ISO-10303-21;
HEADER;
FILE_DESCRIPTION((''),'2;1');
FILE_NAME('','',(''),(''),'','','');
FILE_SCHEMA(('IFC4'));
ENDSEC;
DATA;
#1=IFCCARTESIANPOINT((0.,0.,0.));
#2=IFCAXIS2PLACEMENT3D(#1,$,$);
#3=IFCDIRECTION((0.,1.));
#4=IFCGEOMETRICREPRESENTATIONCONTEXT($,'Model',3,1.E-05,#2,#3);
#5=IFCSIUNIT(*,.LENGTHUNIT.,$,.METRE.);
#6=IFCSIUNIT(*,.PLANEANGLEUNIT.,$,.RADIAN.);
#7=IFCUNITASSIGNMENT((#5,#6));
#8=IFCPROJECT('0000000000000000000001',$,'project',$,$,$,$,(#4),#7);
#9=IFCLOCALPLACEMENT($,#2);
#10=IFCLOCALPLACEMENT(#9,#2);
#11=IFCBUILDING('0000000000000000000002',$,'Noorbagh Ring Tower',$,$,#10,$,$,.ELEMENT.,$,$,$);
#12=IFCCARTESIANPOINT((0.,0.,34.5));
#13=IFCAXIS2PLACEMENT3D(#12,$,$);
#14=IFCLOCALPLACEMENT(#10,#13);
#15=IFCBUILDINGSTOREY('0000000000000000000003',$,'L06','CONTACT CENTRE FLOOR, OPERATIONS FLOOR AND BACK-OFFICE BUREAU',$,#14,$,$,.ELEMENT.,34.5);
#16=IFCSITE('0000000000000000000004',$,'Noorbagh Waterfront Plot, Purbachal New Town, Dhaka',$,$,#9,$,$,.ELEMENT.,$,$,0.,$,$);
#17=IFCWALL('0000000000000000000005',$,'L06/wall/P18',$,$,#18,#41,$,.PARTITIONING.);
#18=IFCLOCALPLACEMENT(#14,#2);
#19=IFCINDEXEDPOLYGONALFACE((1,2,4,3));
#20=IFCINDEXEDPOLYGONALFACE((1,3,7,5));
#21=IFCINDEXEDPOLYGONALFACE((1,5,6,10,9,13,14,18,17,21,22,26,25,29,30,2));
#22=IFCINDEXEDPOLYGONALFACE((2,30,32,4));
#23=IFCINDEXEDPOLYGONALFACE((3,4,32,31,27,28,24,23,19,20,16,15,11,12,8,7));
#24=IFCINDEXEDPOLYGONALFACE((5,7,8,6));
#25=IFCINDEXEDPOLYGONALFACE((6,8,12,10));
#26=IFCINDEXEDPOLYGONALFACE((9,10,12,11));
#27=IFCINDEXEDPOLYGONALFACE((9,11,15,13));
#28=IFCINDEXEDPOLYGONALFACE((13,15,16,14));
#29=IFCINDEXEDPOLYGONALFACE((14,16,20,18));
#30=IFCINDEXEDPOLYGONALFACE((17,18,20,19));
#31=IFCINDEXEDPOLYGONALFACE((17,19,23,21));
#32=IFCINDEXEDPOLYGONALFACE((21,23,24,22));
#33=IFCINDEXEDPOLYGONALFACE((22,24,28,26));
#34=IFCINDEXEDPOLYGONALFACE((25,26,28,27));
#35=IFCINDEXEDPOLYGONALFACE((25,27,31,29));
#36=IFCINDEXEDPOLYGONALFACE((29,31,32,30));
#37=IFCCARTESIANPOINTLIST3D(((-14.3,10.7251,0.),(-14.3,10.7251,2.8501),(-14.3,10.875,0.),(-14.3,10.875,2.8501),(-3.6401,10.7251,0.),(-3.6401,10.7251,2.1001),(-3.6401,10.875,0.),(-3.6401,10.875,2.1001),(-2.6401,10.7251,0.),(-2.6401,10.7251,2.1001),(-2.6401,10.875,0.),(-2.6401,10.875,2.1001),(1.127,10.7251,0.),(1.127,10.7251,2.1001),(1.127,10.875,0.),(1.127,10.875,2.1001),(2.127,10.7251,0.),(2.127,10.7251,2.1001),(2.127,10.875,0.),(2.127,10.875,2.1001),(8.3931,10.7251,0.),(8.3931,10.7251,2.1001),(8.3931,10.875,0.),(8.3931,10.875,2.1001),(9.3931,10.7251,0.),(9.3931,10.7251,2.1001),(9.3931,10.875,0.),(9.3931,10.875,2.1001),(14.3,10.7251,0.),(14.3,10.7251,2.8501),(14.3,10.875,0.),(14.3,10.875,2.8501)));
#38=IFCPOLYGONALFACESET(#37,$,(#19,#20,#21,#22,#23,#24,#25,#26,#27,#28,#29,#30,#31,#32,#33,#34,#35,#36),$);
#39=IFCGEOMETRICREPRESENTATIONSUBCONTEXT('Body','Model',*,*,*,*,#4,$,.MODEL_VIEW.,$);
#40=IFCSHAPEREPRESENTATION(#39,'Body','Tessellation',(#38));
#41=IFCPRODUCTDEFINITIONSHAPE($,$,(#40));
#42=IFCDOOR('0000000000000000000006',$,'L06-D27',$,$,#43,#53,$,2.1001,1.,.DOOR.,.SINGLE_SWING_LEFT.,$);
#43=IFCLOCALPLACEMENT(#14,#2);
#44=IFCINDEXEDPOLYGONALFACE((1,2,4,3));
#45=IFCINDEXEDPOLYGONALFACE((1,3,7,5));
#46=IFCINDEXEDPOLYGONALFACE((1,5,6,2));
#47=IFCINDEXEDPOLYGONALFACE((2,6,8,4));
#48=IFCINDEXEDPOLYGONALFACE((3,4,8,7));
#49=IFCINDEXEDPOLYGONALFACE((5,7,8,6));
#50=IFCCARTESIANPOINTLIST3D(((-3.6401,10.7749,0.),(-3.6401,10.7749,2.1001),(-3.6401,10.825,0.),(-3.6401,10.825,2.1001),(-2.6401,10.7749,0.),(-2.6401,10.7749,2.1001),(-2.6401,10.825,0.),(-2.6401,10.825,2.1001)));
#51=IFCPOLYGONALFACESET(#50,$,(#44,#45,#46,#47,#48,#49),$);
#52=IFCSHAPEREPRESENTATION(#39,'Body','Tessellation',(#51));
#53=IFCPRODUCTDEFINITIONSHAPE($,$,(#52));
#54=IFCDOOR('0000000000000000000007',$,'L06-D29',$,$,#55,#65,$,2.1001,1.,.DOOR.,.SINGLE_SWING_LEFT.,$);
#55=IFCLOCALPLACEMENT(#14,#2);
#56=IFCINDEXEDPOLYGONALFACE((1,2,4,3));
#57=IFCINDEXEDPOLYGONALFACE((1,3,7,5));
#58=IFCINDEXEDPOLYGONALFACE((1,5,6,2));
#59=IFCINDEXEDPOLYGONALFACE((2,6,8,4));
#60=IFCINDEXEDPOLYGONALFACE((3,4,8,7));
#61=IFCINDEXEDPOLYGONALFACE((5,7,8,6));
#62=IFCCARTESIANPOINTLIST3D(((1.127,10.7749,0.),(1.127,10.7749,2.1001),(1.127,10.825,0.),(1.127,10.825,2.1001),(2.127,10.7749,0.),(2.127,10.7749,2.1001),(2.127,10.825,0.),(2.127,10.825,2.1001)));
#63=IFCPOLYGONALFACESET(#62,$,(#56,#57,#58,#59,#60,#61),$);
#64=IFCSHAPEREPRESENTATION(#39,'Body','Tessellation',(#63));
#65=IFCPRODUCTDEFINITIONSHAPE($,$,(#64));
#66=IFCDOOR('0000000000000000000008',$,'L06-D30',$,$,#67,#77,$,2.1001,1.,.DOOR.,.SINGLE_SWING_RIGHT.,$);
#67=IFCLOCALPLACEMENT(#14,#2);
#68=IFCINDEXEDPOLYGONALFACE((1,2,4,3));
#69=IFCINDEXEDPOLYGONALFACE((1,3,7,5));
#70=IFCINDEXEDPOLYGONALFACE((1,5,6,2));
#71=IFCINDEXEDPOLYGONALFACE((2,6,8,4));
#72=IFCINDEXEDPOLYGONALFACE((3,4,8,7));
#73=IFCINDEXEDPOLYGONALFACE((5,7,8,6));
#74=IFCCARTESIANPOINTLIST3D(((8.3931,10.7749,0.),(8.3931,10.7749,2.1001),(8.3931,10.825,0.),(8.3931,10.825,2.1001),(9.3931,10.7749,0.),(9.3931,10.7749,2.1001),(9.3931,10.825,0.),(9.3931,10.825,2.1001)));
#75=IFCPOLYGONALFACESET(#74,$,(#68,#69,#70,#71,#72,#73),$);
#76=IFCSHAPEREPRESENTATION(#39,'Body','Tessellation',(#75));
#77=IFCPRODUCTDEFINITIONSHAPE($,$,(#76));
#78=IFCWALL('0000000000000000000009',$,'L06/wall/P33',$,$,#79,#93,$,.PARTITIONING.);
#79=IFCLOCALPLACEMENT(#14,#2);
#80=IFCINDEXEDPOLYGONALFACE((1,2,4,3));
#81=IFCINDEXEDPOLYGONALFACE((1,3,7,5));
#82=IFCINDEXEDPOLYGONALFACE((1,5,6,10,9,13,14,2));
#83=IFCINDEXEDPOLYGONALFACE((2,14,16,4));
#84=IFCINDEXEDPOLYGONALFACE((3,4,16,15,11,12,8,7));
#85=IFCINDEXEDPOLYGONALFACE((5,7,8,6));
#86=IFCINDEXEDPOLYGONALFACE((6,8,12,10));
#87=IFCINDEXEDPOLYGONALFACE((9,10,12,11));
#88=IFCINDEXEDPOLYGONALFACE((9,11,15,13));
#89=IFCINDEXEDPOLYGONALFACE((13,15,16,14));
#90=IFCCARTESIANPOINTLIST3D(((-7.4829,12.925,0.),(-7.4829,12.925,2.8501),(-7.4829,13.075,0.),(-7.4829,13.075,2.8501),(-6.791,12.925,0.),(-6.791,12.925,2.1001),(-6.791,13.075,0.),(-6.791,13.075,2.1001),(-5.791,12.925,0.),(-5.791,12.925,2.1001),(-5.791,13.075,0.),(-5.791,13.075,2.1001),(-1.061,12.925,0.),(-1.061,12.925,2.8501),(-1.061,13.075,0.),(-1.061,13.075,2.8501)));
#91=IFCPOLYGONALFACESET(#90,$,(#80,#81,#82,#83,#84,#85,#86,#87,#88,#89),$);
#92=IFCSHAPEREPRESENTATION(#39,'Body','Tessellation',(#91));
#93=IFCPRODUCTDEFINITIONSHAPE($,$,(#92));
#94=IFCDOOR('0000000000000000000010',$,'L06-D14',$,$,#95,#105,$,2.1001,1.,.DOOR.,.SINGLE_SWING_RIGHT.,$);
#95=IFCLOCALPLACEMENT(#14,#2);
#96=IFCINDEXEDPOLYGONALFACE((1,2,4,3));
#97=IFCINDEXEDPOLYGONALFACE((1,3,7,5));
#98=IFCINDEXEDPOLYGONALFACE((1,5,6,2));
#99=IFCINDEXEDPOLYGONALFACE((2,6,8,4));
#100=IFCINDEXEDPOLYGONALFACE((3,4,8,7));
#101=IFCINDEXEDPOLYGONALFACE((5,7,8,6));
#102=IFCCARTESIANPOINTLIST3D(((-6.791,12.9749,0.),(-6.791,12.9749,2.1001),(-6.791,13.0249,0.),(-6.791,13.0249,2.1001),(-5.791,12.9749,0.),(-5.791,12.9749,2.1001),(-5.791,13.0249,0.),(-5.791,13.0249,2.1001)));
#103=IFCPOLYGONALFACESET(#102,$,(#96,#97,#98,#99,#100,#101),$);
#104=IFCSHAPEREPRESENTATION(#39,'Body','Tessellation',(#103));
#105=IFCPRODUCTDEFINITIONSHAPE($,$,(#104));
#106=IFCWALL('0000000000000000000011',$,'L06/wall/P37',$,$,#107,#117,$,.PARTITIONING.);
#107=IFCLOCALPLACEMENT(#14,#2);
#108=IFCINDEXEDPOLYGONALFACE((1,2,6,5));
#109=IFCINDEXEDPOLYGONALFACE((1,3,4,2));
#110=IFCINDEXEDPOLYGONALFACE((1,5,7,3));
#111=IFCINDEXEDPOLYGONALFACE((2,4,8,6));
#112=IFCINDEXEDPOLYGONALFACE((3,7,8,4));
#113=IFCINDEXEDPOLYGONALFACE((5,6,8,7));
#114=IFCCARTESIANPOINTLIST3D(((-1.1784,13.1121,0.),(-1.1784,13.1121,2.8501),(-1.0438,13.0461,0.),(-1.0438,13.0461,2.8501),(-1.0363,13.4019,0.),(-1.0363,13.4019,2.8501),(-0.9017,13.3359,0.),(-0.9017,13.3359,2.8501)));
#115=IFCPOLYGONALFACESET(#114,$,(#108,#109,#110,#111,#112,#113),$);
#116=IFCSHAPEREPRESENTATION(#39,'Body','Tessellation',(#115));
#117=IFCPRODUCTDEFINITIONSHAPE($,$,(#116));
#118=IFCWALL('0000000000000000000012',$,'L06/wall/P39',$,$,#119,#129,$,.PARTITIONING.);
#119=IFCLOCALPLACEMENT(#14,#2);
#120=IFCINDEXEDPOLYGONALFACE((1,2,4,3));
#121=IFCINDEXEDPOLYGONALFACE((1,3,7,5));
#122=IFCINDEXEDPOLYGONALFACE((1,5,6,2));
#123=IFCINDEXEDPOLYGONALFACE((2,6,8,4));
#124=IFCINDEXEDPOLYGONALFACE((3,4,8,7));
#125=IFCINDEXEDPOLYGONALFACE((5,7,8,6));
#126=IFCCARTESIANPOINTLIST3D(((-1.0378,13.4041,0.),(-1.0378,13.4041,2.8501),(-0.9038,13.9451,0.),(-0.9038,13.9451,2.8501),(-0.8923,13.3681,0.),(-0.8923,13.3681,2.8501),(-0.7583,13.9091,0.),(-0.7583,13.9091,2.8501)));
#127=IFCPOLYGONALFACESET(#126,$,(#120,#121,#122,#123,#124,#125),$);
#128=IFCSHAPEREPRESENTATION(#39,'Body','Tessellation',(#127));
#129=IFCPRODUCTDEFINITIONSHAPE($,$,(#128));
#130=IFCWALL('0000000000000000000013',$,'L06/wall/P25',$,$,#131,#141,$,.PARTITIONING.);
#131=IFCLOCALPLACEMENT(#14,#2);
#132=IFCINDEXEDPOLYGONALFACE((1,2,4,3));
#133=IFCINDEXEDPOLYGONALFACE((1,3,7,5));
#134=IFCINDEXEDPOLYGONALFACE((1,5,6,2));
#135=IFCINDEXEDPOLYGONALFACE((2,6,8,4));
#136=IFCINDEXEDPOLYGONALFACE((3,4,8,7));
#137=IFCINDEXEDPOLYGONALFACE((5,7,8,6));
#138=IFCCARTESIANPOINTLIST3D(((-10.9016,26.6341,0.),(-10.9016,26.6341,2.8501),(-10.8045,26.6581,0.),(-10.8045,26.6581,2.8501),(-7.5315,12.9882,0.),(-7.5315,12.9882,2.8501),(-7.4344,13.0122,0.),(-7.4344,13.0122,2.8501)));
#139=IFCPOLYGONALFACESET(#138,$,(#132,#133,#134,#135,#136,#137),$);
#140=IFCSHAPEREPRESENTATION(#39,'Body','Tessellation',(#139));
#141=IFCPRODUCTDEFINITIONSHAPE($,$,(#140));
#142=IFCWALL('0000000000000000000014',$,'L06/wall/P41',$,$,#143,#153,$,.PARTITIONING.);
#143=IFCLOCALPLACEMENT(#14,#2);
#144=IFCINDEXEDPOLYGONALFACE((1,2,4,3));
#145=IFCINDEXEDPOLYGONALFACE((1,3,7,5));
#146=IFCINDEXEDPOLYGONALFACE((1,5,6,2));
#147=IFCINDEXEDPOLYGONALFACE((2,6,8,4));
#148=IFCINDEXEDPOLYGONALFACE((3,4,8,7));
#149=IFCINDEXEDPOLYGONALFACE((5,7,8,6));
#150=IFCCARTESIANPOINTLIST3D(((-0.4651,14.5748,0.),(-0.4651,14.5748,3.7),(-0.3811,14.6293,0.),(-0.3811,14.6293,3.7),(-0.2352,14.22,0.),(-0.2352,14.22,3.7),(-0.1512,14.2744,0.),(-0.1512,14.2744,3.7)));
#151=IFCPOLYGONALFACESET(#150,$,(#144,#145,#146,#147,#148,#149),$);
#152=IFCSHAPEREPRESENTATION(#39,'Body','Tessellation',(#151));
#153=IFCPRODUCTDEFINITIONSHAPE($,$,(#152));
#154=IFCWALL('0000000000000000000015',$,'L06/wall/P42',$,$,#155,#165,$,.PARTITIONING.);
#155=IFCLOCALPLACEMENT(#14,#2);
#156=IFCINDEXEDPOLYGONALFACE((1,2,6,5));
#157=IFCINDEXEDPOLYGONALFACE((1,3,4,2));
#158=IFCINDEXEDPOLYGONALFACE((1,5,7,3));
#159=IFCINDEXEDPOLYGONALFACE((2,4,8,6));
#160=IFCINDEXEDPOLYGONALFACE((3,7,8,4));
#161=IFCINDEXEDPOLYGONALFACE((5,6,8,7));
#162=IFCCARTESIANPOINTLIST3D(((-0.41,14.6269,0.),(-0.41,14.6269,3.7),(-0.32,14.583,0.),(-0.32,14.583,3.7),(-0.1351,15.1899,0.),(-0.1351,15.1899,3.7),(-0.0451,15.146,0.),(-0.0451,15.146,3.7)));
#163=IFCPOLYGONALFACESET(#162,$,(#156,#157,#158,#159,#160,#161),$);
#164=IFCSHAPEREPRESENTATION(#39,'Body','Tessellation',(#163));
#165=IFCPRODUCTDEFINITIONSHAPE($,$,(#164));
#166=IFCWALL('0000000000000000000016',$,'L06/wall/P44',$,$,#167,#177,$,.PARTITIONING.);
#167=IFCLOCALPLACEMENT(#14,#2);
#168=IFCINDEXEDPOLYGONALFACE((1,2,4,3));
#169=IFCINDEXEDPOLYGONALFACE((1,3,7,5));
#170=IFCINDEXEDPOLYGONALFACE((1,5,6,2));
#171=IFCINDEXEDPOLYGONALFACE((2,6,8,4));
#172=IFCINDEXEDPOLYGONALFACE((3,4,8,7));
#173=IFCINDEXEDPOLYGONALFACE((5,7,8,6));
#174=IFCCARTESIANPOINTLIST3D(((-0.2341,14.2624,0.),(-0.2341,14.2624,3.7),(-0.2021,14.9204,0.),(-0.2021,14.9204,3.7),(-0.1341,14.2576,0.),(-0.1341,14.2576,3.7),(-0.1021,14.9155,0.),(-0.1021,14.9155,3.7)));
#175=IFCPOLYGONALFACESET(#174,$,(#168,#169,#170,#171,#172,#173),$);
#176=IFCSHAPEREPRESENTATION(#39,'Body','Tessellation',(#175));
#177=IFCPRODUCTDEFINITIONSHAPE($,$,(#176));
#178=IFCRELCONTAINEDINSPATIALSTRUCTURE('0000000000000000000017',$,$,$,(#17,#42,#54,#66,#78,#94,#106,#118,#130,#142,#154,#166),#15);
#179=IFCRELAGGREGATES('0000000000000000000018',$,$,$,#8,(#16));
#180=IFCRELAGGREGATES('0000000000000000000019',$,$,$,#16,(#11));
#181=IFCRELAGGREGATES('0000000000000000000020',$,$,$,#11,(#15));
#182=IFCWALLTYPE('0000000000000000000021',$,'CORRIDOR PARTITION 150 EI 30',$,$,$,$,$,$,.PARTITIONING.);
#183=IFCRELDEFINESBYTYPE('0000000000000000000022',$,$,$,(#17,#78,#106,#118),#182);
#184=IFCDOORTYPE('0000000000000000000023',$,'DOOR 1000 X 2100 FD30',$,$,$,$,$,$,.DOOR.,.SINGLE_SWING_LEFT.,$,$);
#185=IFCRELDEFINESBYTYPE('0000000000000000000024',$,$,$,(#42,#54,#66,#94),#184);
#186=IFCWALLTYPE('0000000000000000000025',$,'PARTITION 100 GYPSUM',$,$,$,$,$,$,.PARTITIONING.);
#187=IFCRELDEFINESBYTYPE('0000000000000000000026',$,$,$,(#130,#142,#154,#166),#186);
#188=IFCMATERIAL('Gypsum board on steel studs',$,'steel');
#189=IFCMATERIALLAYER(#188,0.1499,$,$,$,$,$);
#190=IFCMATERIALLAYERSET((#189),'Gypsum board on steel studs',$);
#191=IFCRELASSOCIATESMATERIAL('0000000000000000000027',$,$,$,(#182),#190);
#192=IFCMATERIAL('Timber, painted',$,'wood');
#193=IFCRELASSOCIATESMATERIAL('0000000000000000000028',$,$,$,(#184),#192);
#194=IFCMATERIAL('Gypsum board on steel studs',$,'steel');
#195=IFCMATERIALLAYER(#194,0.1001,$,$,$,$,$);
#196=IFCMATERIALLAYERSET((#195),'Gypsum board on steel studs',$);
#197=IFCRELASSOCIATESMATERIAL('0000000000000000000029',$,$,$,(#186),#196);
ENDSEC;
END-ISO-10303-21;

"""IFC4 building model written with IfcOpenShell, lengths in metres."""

from ifc_helpers import new_model, si_unit, direction, frame, frame_2d, origin, place, context, subcontext, project, spatial, rectangle, extrude, material, layer, layer_set, type_object, element, fill, save


model = new_model("IFC4")

# Units and contexts
model_context = context("Model", 3, precision=1e-05, world=origin(), true_north=direction((0.0, 1.0)))
body_context = subcontext(model_context, "Body", "Model", "MODEL_VIEW")
ifc_project = project(units=[si_unit("LENGTHUNIT", "METRE"), si_unit("PLANEANGLEUNIT", "RADIAN")], contexts=[model_context])

# Site, building, storey
site_placement = place(None, origin())
site = spatial("IfcSite", under=ifc_project, at=site_placement, Name="Noorbagh Waterfront Plot, Purbachal New Town, Dhaka", CompositionType="ELEMENT", RefElevation=0.0)
building_placement = place(site_placement, origin())
building = spatial("IfcBuilding", under=site, at=building_placement, Name="Noorbagh Ring Tower", CompositionType="ELEMENT")
storey_placement = place(building_placement, frame((0.0, 0.0, 34.5)))
storey = spatial("IfcBuildingStorey", under=building, at=storey_placement, Name="L06", Description="CONTACT CENTRE FLOOR, OPERATIONS FLOOR AND BACK-OFFICE BUREAU", CompositionType="ELEMENT", Elevation=34.5)

# Shared definitions
ifc_material_1 = material(Name="Gypsum board on steel studs", Category="steel")
ifc_layer_1 = layer(ifc_material_1, 0.1499)
ifc_layer_set_1 = layer_set([ifc_layer_1], Name="Gypsum board on steel studs")
wall_type_1 = type_object("IfcWallType", Name="CORRIDOR PARTITION 150 EI 30", PredefinedType="PARTITIONING", material=ifc_layer_set_1)

# Shared definitions
ifc_material_2 = material(Name="Timber, painted", Category="wood")
door_type = type_object("IfcDoorType", Name="DOOR 1000 X 2100 FD30", OperationType="SINGLE_SWING_LEFT", PredefinedType="DOOR", material=ifc_material_2)

# Wall, openings, doors
wall_1_placement = place(storey_placement, frame((-14.3, 10.8, 0.0), z_axis=(0.0, 0.0, 1.0), x_axis=(1.0, 0.0, 0.0)))
wall_1 = element("IfcWall", 1, at=wall_1_placement, inside=storey, type_object=wall_type_1, Name="L06/wall/P18", PredefinedType="PARTITIONING", context=body_context, shape_type="SweptSolid", body=[
    extrude(rectangle(XDim=28.6001, YDim=0.1499, at=frame_2d((14.3, 0.0))), origin(), (0.0, 0.0, 1.0), 2.8501),
])
opening_1_placement = place(wall_1_placement, frame((10.6599, 0.0, 0.0)))
opening_1 = element("IfcOpeningElement", 2, at=opening_1_placement, cuts=wall_1, PredefinedType="OPENING", context=body_context, shape_type="SweptSolid", body=[
    extrude(rectangle(XDim=1.0, YDim=2.1001, at=frame_2d((0.5, 1.05))), frame((0.0, 0.085, 0.0), z_axis=(0.0, -1.0, 0.0), x_axis=(1.0, 0.0, 0.0)), (0.0, 0.0, 1.0), 0.1699),
])
opening_2_placement = place(wall_1_placement, frame((15.427, 0.0, 0.0)))
opening_2 = element("IfcOpeningElement", 3, at=opening_2_placement, cuts=wall_1, PredefinedType="OPENING", context=body_context, shape_type="SweptSolid", body=[
    extrude(rectangle(XDim=1.0, YDim=2.1001, at=frame_2d((0.5, 1.05))), frame((0.0, 0.085, 0.0), z_axis=(0.0, -1.0, 0.0), x_axis=(1.0, 0.0, 0.0)), (0.0, 0.0, 1.0), 0.1699),
])
opening_3_placement = place(wall_1_placement, frame((22.6931, 0.0, 0.0)))
opening_3 = element("IfcOpeningElement", 4, at=opening_3_placement, cuts=wall_1, PredefinedType="OPENING", context=body_context, shape_type="SweptSolid", body=[
    extrude(rectangle(XDim=1.0, YDim=2.1001, at=frame_2d((0.5, 1.05))), frame((0.0, 0.085, 0.0), z_axis=(0.0, -1.0, 0.0), x_axis=(1.0, 0.0, 0.0)), (0.0, 0.0, 1.0), 0.1699),
])
door_1_placement = place(opening_1_placement, origin())
door_1 = element("IfcDoor", 5, at=door_1_placement, inside=storey, type_object=door_type, Name="L06-D27", OperationType="SINGLE_SWING_LEFT", OverallHeight=2.1001, OverallWidth=1.0, PredefinedType="DOOR", context=body_context, shape_type="SweptSolid", body=[
    extrude(rectangle(XDim=1.0, YDim=2.1001, at=frame_2d((0.5, 1.05))), frame((0.0, 0.0249, 0.0), z_axis=(0.0, -1.0, 0.0), x_axis=(1.0, 0.0, 0.0)), (0.0, 0.0, 1.0), 0.05),
])
fill(opening_1, door_1)
door_2_placement = place(opening_2_placement, origin())
door_2 = element("IfcDoor", 6, at=door_2_placement, inside=storey, type_object=door_type, Name="L06-D29", OperationType="SINGLE_SWING_LEFT", OverallHeight=2.1001, OverallWidth=1.0, PredefinedType="DOOR", context=body_context, shape_type="SweptSolid", body=[
    extrude(rectangle(XDim=1.0, YDim=2.1001, at=frame_2d((0.5, 1.05))), frame((0.0, 0.0249, 0.0), z_axis=(0.0, -1.0, 0.0), x_axis=(1.0, 0.0, 0.0)), (0.0, 0.0, 1.0), 0.05),
])
fill(opening_2, door_2)
door_3_placement = place(opening_3_placement, origin())
door_3 = element("IfcDoor", 7, at=door_3_placement, inside=storey, type_object=door_type, Name="L06-D30", OperationType="SINGLE_SWING_RIGHT", OverallHeight=2.1001, OverallWidth=1.0, PredefinedType="DOOR", context=body_context, shape_type="SweptSolid", body=[
    extrude(rectangle(XDim=1.0, YDim=2.1001, at=frame_2d((0.5, 1.05))), frame((0.0, 0.0249, 0.0), z_axis=(0.0, -1.0, 0.0), x_axis=(1.0, 0.0, 0.0)), (0.0, 0.0, 1.0), 0.05),
])
fill(opening_3, door_3)

# Wall, opening, door
wall_2_placement = place(storey_placement, frame((-7.4829, 13.0, 0.0), z_axis=(0.0, 0.0, 1.0), x_axis=(1.0, 0.0, 0.0)))
wall_2 = element("IfcWall", 8, at=wall_2_placement, inside=storey, type_object=wall_type_1, Name="L06/wall/P33", PredefinedType="PARTITIONING", context=body_context, shape_type="SweptSolid", body=[
    extrude(rectangle(XDim=6.4219, YDim=0.1499, at=frame_2d((3.2109, 0.0))), origin(), (0.0, 0.0, 1.0), 2.8501),
])
opening_4_placement = place(wall_2_placement, frame((0.6919, 0.0, 0.0)))
opening_4 = element("IfcOpeningElement", 9, at=opening_4_placement, cuts=wall_2, PredefinedType="OPENING", context=body_context, shape_type="SweptSolid", body=[
    extrude(rectangle(XDim=1.0, YDim=2.1001, at=frame_2d((0.5, 1.05))), frame((0.0, 0.085, 0.0), z_axis=(0.0, -1.0, 0.0), x_axis=(1.0, 0.0, 0.0)), (0.0, 0.0, 1.0), 0.1699),
])
door_4_placement = place(opening_4_placement, origin())
door_4 = element("IfcDoor", 10, at=door_4_placement, inside=storey, type_object=door_type, Name="L06-D14", OperationType="SINGLE_SWING_RIGHT", OverallHeight=2.1001, OverallWidth=1.0, PredefinedType="DOOR", context=body_context, shape_type="SweptSolid", body=[
    extrude(rectangle(XDim=1.0, YDim=2.1001, at=frame_2d((0.5, 1.05))), frame((0.0, 0.0249, 0.0), z_axis=(0.0, -1.0, 0.0), x_axis=(1.0, 0.0, 0.0)), (0.0, 0.0, 1.0), 0.05),
])
fill(opening_4, door_4)

# Walls
wall_3_placement = place(storey_placement, frame((-1.1111, 13.0791, 0.0), z_axis=(0.0, 0.0, 1.0), x_axis=(0.440241, 0.89788, 0.0)))
element("IfcWall", 11, at=wall_3_placement, inside=storey, type_object=wall_type_1, Name="L06/wall/P37", PredefinedType="PARTITIONING", context=body_context, shape_type="SweptSolid", body=[
    extrude(rectangle(XDim=0.3228, YDim=0.1499, at=frame_2d((0.1614, 0.0))), origin(), (0.0, 0.0, 1.0), 2.8501),
])
wall_4_placement = place(storey_placement, frame((-0.9651, 13.386, 0.0), z_axis=(0.0, 0.0, 1.0), x_axis=(0.240474, 0.970656, 0.0)))
element("IfcWall", 12, at=wall_4_placement, inside=storey, type_object=wall_type_1, Name="L06/wall/P39", PredefinedType="PARTITIONING", context=body_context, shape_type="SweptSolid", body=[
    extrude(rectangle(XDim=0.5574, YDim=0.1499, at=frame_2d((0.2788, 0.0))), origin(), (0.0, 0.0, 1.0), 2.8501),
])
ifc_material_3 = material(Name="Gypsum board on steel studs", Category="steel")
ifc_layer_2 = layer(ifc_material_3, 0.1001)
ifc_layer_set_2 = layer_set([ifc_layer_2], Name="Gypsum board on steel studs")
wall_type_2 = type_object("IfcWallType", Name="PARTITION 100 GYPSUM", PredefinedType="PARTITIONING", material=ifc_layer_set_2)
wall_5_placement = place(storey_placement, frame((-10.853, 26.646, 0.0), z_axis=(0.0, 0.0, 1.0), x_axis=(0.239764, -0.970831, 0.0)))
element("IfcWall", 13, at=wall_5_placement, inside=storey, type_object=wall_type_2, Name="L06/wall/P25", PredefinedType="PARTITIONING", context=body_context, shape_type="SweptSolid", body=[
    extrude(rectangle(XDim=14.0559, YDim=0.1001, at=frame_2d((7.0278, 0.0))), origin(), (0.0, 0.0, 1.0), 2.8501),
])
wall_6_placement = place(storey_placement, frame((-0.4231, 14.6021, 0.0), z_axis=(0.0, 0.0, 1.0), x_axis=(0.54373, -0.83926, 0.0)))
element("IfcWall", 14, at=wall_6_placement, inside=storey, type_object=wall_type_2, Name="L06/wall/P41", PredefinedType="PARTITIONING", context=body_context, shape_type="SweptSolid", body=[
    extrude(rectangle(XDim=0.4229, YDim=0.1001, at=frame_2d((0.2114, 0.0))), origin(), (0.0, 0.0, 1.0), 3.7),
])
wall_7_placement = place(storey_placement, frame((-0.365, 14.605, 0.0), z_axis=(0.0, 0.0, 1.0), x_axis=(0.438777, 0.898596, 0.0)))
element("IfcWall", 15, at=wall_7_placement, inside=storey, type_object=wall_type_2, Name="L06/wall/P42", PredefinedType="PARTITIONING", context=body_context, shape_type="SweptSolid", body=[
    extrude(rectangle(XDim=0.6265, YDim=0.1001, at=frame_2d((0.3132, 0.0))), origin(), (0.0, 0.0, 1.0), 3.7),
])
wall_8_placement = place(storey_placement, frame((-0.1841, 14.26, 0.0), z_axis=(0.0, 0.0, 1.0), x_axis=(0.048551, 0.998821, 0.0)))
element("IfcWall", 16, at=wall_8_placement, inside=storey, type_object=wall_type_2, Name="L06/wall/P44", PredefinedType="PARTITIONING", context=body_context, shape_type="SweptSolid", body=[
    extrude(rectangle(XDim=0.6587, YDim=0.1001, at=frame_2d((0.3293, 0.0))), origin(), (0.0, 0.0, 1.0), 3.7),
])

save(model, "model.ifc")
